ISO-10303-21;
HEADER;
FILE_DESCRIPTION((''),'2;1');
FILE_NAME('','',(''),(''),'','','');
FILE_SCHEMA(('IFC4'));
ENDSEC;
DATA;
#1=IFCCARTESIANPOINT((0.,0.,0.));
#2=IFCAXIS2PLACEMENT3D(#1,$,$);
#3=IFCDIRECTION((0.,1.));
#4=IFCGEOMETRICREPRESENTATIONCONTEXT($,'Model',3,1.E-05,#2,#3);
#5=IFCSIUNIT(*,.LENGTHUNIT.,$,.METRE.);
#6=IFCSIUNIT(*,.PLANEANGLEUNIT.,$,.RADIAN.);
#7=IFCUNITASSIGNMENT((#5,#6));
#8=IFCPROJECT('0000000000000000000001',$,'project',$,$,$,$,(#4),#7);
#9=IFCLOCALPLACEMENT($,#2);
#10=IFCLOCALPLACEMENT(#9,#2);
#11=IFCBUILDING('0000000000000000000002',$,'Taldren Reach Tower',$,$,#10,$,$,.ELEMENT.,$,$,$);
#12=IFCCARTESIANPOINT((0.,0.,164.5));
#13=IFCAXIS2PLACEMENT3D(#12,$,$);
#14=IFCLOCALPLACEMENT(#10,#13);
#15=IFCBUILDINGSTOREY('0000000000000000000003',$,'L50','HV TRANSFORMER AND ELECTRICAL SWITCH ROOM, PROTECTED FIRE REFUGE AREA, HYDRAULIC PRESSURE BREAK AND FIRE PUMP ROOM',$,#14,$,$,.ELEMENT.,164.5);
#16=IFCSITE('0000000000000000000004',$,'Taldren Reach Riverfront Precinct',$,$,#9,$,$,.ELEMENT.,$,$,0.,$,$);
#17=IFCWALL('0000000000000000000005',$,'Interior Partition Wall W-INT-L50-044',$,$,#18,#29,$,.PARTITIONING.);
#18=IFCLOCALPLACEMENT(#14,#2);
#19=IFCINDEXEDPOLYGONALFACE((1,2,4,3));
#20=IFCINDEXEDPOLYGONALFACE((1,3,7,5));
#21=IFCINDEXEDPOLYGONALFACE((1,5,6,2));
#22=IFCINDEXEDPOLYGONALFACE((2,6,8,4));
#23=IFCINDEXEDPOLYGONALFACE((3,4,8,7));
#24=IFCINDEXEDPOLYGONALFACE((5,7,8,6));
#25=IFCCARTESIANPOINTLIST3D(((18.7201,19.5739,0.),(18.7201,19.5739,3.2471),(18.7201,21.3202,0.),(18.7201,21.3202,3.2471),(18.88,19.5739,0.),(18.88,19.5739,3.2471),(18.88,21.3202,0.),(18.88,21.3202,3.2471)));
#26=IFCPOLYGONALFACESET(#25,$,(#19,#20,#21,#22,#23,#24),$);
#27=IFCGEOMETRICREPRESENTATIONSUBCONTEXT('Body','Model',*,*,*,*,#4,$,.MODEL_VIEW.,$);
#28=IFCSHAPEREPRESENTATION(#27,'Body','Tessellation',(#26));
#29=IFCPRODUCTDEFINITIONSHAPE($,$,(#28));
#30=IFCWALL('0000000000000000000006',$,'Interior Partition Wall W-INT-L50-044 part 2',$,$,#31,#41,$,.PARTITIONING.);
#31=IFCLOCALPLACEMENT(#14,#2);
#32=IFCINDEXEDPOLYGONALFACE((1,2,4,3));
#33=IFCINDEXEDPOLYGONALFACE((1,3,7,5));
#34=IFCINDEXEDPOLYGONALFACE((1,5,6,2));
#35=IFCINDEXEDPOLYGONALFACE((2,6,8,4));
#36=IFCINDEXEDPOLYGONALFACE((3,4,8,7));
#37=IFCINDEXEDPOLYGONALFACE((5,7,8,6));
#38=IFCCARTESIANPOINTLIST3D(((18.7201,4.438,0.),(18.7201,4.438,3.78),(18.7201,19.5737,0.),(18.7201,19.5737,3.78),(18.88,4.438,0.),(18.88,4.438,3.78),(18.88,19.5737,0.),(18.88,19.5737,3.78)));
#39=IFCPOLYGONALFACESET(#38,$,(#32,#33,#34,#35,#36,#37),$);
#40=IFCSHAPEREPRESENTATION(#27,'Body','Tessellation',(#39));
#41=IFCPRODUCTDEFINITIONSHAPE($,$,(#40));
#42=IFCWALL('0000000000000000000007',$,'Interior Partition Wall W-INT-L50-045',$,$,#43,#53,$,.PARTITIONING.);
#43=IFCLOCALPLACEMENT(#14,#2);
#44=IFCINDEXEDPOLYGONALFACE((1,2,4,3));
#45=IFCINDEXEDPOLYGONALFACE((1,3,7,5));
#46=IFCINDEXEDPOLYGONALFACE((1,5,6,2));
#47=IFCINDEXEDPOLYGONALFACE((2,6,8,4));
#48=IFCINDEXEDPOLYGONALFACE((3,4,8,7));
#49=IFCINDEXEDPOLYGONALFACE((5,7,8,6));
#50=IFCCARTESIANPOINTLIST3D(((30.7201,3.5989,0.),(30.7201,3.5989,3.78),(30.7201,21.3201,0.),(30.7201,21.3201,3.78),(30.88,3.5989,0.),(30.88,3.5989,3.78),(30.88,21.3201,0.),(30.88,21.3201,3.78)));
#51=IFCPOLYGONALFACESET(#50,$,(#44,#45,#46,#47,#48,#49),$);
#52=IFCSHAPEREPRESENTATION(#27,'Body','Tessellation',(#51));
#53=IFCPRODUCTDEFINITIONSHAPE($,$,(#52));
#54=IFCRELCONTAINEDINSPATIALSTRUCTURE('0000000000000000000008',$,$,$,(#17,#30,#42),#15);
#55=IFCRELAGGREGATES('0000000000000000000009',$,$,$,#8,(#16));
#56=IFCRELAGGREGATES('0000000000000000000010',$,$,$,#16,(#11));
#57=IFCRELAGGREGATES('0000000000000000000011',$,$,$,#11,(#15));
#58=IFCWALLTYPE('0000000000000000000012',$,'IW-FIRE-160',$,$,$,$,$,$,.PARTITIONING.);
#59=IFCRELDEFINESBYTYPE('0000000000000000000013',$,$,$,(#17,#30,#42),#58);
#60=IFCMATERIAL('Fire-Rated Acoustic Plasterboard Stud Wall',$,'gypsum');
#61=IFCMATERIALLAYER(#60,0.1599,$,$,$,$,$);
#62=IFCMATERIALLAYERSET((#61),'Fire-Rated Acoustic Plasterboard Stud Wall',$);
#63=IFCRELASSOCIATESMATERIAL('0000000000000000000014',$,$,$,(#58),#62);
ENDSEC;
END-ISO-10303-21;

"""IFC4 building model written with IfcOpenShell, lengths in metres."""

from ifc_helpers import new_model, si_unit, direction, frame, frame_2d, origin, place, context, subcontext, project, spatial, rectangle, extrude, source, transform, mapped, material, layer, layer_set, type_object, element, save


model = new_model("IFC4")

# Units and contexts
model_context = context("Model", 3, precision=1e-05, world=origin(), true_north=direction((0.0, 1.0)))
body_context = subcontext(model_context, "Body", "Model", "MODEL_VIEW")
ifc_project = project(units=[si_unit("LENGTHUNIT", "METRE"), si_unit("PLANEANGLEUNIT", "RADIAN")], contexts=[model_context])

# Site, building, storey
site_placement = place(None, origin())
site = spatial("IfcSite", under=ifc_project, at=site_placement, Name="Taldren Reach Riverfront Precinct", CompositionType="ELEMENT", RefElevation=0.0)
building_placement = place(site_placement, origin())
building = spatial("IfcBuilding", under=site, at=building_placement, Name="Taldren Reach Tower", CompositionType="ELEMENT")
storey_placement = place(building_placement, frame((0.0, 0.0, 164.5)))
storey = spatial("IfcBuildingStorey", under=building, at=storey_placement, Name="L50", Description="HV TRANSFORMER AND ELECTRICAL SWITCH ROOM, PROTECTED FIRE REFUGE AREA, HYDRAULIC PRESSURE BREAK AND FIRE PUMP ROOM", CompositionType="ELEMENT", Elevation=164.5)

# Shared definitions
ifc_material_1 = material(Name="Fire-Rated Acoustic Plasterboard Stud Wall", Category="gypsum")
ifc_layer = layer(ifc_material_1, 0.1599)
ifc_layer_set = layer_set([ifc_layer], Name="Fire-Rated Acoustic Plasterboard Stud Wall")
wall_type = type_object("IfcWallType", Name="IW-FIRE-160", PredefinedType="PARTITIONING", material=ifc_layer_set)

# Walls
shared_shape_1 = source(origin(), body_context, "Body", "SweptSolid", [
    extrude(rectangle(XDim=1.7463, YDim=0.1599, at=frame_2d((0.873, 0.0))), origin(), (0.0, 0.0, 1.0), 3.2471),
])
wall_1_placement = place(storey_placement, frame((18.8, 21.3201, 0.0), z_axis=(0.0, 0.0, 1.0), x_axis=(0.0, -1.0, 0.0)))
element("IfcWall", 1, at=wall_1_placement, inside=storey, type_object=wall_type, Name="Interior Partition Wall W-INT-L50-044", PredefinedType="PARTITIONING", context=body_context, shape_type="MappedRepresentation", body=[
    mapped(shared_shape_1, transform((0.0, 0.0, 0.0), scale=1.0)),
])
shared_shape_2 = source(origin(), body_context, "Body", "SweptSolid", [
    extrude(rectangle(XDim=15.1357, YDim=0.1599, at=frame_2d((7.5679, 0.0))), origin(), (0.0, 0.0, 1.0), 3.78),
])
wall_2_placement = place(storey_placement, frame((18.8, 19.5737, 0.0), z_axis=(0.0, 0.0, 1.0), x_axis=(0.0, -1.0, 0.0)))
element("IfcWall", 2, at=wall_2_placement, inside=storey, type_object=wall_type, Name="Interior Partition Wall W-INT-L50-044 part 2", PredefinedType="PARTITIONING", context=body_context, shape_type="MappedRepresentation", body=[
    mapped(shared_shape_2, transform((0.0, 0.0, 0.0), scale=1.0)),
])
shared_shape_3 = source(origin(), body_context, "Body", "SweptSolid", [
    extrude(rectangle(XDim=17.7212, YDim=0.1599, at=frame_2d((8.8606, 0.0))), origin(), (0.0, 0.0, 1.0), 3.78),
])
wall_3_placement = place(storey_placement, frame((30.8, 21.3201, 0.0), z_axis=(0.0, 0.0, 1.0), x_axis=(0.0, -1.0, 0.0)))
element("IfcWall", 3, at=wall_3_placement, inside=storey, type_object=wall_type, Name="Interior Partition Wall W-INT-L50-045", PredefinedType="PARTITIONING", context=body_context, shape_type="MappedRepresentation", body=[
    mapped(shared_shape_3, transform((0.0, 0.0, 0.0), scale=1.0)),
])

save(model, "model.ifc")
